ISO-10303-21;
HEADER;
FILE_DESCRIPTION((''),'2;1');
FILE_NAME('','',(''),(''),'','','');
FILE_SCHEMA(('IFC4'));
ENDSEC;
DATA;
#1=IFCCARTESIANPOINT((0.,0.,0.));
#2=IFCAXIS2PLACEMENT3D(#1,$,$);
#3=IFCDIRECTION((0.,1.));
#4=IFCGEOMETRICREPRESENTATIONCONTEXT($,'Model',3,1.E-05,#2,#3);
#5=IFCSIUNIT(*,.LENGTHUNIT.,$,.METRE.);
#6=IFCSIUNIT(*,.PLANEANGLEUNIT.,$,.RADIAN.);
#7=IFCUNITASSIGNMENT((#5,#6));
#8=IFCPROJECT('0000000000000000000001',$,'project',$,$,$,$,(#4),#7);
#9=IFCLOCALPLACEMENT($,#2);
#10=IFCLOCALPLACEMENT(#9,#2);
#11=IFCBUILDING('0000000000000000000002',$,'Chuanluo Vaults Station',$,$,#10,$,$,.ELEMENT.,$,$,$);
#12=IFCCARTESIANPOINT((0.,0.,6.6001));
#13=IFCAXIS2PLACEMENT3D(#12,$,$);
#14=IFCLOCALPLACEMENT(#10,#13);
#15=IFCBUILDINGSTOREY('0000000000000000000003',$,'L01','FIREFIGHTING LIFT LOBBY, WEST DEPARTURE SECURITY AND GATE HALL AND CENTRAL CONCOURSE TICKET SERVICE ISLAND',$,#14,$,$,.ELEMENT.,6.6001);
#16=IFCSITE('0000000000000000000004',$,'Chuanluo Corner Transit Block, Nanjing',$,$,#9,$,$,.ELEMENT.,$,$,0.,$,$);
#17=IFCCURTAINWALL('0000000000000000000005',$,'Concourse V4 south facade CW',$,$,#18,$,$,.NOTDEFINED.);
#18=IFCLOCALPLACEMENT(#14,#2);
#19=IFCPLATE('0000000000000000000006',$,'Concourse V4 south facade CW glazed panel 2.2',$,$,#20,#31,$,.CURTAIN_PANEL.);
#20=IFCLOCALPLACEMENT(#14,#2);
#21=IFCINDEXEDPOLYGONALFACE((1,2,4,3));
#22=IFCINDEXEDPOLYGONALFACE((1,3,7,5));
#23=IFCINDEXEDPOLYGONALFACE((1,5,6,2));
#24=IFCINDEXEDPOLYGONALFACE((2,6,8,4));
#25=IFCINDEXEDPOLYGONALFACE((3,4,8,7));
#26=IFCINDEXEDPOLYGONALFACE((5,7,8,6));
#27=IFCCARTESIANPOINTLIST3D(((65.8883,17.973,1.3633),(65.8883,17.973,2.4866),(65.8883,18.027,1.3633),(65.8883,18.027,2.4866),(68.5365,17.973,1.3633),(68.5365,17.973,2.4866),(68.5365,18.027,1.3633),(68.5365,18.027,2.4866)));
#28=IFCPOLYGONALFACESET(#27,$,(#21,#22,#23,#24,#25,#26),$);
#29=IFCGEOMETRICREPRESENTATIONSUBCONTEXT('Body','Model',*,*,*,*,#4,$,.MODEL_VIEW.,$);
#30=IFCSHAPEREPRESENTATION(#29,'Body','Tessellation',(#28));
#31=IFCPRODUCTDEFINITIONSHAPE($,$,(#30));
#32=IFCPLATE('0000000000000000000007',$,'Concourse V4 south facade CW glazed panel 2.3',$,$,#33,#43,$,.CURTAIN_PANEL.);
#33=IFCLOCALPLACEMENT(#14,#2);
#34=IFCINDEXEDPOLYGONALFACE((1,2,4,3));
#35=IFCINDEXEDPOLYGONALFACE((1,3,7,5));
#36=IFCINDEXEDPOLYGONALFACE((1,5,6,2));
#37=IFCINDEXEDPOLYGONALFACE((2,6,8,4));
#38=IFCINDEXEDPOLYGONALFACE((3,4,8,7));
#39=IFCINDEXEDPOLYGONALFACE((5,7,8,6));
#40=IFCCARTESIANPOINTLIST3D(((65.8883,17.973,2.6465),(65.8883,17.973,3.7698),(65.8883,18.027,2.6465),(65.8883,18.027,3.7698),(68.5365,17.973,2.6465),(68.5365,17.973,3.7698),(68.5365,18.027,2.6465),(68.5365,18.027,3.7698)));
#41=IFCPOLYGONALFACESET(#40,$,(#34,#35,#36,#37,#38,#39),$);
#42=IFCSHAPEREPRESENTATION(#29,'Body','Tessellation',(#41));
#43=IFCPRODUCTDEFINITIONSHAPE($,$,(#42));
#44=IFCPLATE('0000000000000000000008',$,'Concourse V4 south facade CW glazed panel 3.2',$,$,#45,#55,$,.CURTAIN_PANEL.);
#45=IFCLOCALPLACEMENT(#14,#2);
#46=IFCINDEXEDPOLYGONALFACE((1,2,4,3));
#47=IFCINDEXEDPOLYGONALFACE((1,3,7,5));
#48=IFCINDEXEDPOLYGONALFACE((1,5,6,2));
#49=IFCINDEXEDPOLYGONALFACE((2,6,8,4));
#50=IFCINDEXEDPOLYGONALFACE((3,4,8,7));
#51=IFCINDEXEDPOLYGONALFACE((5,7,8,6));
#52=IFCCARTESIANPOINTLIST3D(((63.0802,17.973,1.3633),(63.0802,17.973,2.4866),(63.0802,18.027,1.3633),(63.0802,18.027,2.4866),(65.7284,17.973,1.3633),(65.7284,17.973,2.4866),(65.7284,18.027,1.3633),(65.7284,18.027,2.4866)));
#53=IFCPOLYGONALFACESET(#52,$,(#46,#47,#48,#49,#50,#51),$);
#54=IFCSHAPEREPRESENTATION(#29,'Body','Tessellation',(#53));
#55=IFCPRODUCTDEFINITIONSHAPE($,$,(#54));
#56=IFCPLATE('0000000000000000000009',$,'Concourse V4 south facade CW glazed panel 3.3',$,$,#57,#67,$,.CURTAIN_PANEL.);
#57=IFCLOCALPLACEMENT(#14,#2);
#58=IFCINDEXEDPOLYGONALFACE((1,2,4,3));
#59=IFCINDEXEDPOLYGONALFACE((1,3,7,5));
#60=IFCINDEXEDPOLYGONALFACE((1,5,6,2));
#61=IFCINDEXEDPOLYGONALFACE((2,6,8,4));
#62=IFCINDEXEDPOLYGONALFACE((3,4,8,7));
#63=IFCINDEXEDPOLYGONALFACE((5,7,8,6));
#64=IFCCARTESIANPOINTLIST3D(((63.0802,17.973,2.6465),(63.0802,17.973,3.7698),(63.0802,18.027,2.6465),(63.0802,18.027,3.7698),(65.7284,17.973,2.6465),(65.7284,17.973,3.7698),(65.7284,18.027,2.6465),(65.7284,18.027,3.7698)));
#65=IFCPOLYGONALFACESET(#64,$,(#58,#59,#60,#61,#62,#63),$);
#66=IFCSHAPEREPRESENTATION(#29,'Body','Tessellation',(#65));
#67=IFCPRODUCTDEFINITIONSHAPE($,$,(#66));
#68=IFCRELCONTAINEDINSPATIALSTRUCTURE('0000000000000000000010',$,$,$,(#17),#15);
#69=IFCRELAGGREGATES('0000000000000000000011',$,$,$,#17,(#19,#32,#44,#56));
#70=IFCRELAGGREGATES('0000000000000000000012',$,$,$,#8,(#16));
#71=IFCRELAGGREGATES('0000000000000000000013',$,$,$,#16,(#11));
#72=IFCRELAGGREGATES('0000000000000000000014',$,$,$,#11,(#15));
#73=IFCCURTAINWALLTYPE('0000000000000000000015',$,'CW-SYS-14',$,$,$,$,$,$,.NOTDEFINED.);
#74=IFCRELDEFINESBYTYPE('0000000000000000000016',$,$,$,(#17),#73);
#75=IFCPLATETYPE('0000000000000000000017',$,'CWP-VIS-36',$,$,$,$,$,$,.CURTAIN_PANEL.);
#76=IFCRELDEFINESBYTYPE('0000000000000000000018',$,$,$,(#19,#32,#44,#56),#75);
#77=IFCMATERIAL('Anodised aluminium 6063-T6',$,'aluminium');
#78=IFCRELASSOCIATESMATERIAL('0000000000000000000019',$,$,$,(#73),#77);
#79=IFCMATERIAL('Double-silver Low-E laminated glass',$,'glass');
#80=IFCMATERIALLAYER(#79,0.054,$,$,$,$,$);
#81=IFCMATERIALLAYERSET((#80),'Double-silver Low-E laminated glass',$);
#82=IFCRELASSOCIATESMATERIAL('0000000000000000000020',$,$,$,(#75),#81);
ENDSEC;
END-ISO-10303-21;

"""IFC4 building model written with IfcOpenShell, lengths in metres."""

from ifc_helpers import new_model, si_unit, direction, frame, origin, origin_2d, place, context, subcontext, project, spatial, rectangle, extrude, material, layer, layer_set, type_object, element, aggregate, save


model = new_model("IFC4")

# Units and contexts
model_context = context("Model", 3, precision=1e-05, world=origin(), true_north=direction((0.0, 1.0)))
body_context = subcontext(model_context, "Body", "Model", "MODEL_VIEW")
ifc_project = project(units=[si_unit("LENGTHUNIT", "METRE"), si_unit("PLANEANGLEUNIT", "RADIAN")], contexts=[model_context])

# Site, building, storey
site_placement = place(None, origin())
site = spatial("IfcSite", under=ifc_project, at=site_placement, Name="Chuanluo Corner Transit Block, Nanjing", CompositionType="ELEMENT", RefElevation=0.0)
building_placement = place(site_placement, origin())
building = spatial("IfcBuilding", under=site, at=building_placement, Name="Chuanluo Vaults Station", CompositionType="ELEMENT")
storey_placement = place(building_placement, frame((0.0, 0.0, 6.6001)))
storey = spatial("IfcBuildingStorey", under=building, at=storey_placement, Name="L01", Description="FIREFIGHTING LIFT LOBBY, WEST DEPARTURE SECURITY AND GATE HALL AND CENTRAL CONCOURSE TICKET SERVICE ISLAND", CompositionType="ELEMENT", Elevation=6.6001)

# Curtain wall
ifc_material_1 = material(Name="Anodised aluminium 6063-T6", Category="aluminium")
curtain_wall_type = type_object("IfcCurtainWallType", Name="CW-SYS-14", PredefinedType="NOTDEFINED", material=ifc_material_1)
curtain_wall_placement = place(storey_placement, origin())
curtain_wall = element("IfcCurtainWall", 1, at=curtain_wall_placement, inside=storey, type_object=curtain_wall_type, Name="Concourse V4 south facade CW", PredefinedType="NOTDEFINED")

# Plates
ifc_material_2 = material(Name="Double-silver Low-E laminated glass", Category="glass")
ifc_layer_1 = layer(ifc_material_2, 0.054)
ifc_layer_set_1 = layer_set([ifc_layer_1], Name="Double-silver Low-E laminated glass")
plate_type_1 = type_object("IfcPlateType", Name="CWP-VIS-36", PredefinedType="CURTAIN_PANEL", material=ifc_layer_set_1)
plate_1_placement = place(storey_placement, frame((67.2124, 18.0, 1.3633), z_axis=(0.0, 0.0, 1.0), x_axis=(-1.0, 0.0, 0.0)))
plate_1 = element("IfcPlate", 2, at=plate_1_placement, type_object=plate_type_1, Name="Concourse V4 south facade CW glazed panel 2.2", PredefinedType="CURTAIN_PANEL", context=body_context, shape_type="SweptSolid", body=[
    extrude(rectangle(XDim=2.6482, YDim=0.054, at=origin_2d()), origin(), (0.0, 0.0, 1.0), 1.1233),
])
plate_2_placement = place(storey_placement, frame((67.2124, 18.0, 2.6465), z_axis=(0.0, 0.0, 1.0), x_axis=(-1.0, 0.0, 0.0)))
plate_2 = element("IfcPlate", 3, at=plate_2_placement, type_object=plate_type_1, Name="Concourse V4 south facade CW glazed panel 2.3", PredefinedType="CURTAIN_PANEL", context=body_context, shape_type="SweptSolid", body=[
    extrude(rectangle(XDim=2.6482, YDim=0.054, at=origin_2d()), origin(), (0.0, 0.0, 1.0), 1.1233),
])
plate_3_placement = place(storey_placement, frame((64.4043, 18.0, 1.3633), z_axis=(0.0, 0.0, 1.0), x_axis=(-1.0, 0.0, 0.0)))
plate_3 = element("IfcPlate", 4, at=plate_3_placement, type_object=plate_type_1, Name="Concourse V4 south facade CW glazed panel 3.2", PredefinedType="CURTAIN_PANEL", context=body_context, shape_type="SweptSolid", body=[
    extrude(rectangle(XDim=2.6482, YDim=0.054, at=origin_2d()), origin(), (0.0, 0.0, 1.0), 1.1233),
])
plate_4_placement = place(storey_placement, frame((64.4043, 18.0, 2.6465), z_axis=(0.0, 0.0, 1.0), x_axis=(-1.0, 0.0, 0.0)))
plate_4 = element("IfcPlate", 5, at=plate_4_placement, type_object=plate_type_1, Name="Concourse V4 south facade CW glazed panel 3.3", PredefinedType="CURTAIN_PANEL", context=body_context, shape_type="SweptSolid", body=[
    extrude(rectangle(XDim=2.6482, YDim=0.054, at=origin_2d()), origin(), (0.0, 0.0, 1.0), 1.1233),
])
aggregate(curtain_wall, [plate_1, plate_2, plate_3, plate_4])

save(model, "model.ifc")
